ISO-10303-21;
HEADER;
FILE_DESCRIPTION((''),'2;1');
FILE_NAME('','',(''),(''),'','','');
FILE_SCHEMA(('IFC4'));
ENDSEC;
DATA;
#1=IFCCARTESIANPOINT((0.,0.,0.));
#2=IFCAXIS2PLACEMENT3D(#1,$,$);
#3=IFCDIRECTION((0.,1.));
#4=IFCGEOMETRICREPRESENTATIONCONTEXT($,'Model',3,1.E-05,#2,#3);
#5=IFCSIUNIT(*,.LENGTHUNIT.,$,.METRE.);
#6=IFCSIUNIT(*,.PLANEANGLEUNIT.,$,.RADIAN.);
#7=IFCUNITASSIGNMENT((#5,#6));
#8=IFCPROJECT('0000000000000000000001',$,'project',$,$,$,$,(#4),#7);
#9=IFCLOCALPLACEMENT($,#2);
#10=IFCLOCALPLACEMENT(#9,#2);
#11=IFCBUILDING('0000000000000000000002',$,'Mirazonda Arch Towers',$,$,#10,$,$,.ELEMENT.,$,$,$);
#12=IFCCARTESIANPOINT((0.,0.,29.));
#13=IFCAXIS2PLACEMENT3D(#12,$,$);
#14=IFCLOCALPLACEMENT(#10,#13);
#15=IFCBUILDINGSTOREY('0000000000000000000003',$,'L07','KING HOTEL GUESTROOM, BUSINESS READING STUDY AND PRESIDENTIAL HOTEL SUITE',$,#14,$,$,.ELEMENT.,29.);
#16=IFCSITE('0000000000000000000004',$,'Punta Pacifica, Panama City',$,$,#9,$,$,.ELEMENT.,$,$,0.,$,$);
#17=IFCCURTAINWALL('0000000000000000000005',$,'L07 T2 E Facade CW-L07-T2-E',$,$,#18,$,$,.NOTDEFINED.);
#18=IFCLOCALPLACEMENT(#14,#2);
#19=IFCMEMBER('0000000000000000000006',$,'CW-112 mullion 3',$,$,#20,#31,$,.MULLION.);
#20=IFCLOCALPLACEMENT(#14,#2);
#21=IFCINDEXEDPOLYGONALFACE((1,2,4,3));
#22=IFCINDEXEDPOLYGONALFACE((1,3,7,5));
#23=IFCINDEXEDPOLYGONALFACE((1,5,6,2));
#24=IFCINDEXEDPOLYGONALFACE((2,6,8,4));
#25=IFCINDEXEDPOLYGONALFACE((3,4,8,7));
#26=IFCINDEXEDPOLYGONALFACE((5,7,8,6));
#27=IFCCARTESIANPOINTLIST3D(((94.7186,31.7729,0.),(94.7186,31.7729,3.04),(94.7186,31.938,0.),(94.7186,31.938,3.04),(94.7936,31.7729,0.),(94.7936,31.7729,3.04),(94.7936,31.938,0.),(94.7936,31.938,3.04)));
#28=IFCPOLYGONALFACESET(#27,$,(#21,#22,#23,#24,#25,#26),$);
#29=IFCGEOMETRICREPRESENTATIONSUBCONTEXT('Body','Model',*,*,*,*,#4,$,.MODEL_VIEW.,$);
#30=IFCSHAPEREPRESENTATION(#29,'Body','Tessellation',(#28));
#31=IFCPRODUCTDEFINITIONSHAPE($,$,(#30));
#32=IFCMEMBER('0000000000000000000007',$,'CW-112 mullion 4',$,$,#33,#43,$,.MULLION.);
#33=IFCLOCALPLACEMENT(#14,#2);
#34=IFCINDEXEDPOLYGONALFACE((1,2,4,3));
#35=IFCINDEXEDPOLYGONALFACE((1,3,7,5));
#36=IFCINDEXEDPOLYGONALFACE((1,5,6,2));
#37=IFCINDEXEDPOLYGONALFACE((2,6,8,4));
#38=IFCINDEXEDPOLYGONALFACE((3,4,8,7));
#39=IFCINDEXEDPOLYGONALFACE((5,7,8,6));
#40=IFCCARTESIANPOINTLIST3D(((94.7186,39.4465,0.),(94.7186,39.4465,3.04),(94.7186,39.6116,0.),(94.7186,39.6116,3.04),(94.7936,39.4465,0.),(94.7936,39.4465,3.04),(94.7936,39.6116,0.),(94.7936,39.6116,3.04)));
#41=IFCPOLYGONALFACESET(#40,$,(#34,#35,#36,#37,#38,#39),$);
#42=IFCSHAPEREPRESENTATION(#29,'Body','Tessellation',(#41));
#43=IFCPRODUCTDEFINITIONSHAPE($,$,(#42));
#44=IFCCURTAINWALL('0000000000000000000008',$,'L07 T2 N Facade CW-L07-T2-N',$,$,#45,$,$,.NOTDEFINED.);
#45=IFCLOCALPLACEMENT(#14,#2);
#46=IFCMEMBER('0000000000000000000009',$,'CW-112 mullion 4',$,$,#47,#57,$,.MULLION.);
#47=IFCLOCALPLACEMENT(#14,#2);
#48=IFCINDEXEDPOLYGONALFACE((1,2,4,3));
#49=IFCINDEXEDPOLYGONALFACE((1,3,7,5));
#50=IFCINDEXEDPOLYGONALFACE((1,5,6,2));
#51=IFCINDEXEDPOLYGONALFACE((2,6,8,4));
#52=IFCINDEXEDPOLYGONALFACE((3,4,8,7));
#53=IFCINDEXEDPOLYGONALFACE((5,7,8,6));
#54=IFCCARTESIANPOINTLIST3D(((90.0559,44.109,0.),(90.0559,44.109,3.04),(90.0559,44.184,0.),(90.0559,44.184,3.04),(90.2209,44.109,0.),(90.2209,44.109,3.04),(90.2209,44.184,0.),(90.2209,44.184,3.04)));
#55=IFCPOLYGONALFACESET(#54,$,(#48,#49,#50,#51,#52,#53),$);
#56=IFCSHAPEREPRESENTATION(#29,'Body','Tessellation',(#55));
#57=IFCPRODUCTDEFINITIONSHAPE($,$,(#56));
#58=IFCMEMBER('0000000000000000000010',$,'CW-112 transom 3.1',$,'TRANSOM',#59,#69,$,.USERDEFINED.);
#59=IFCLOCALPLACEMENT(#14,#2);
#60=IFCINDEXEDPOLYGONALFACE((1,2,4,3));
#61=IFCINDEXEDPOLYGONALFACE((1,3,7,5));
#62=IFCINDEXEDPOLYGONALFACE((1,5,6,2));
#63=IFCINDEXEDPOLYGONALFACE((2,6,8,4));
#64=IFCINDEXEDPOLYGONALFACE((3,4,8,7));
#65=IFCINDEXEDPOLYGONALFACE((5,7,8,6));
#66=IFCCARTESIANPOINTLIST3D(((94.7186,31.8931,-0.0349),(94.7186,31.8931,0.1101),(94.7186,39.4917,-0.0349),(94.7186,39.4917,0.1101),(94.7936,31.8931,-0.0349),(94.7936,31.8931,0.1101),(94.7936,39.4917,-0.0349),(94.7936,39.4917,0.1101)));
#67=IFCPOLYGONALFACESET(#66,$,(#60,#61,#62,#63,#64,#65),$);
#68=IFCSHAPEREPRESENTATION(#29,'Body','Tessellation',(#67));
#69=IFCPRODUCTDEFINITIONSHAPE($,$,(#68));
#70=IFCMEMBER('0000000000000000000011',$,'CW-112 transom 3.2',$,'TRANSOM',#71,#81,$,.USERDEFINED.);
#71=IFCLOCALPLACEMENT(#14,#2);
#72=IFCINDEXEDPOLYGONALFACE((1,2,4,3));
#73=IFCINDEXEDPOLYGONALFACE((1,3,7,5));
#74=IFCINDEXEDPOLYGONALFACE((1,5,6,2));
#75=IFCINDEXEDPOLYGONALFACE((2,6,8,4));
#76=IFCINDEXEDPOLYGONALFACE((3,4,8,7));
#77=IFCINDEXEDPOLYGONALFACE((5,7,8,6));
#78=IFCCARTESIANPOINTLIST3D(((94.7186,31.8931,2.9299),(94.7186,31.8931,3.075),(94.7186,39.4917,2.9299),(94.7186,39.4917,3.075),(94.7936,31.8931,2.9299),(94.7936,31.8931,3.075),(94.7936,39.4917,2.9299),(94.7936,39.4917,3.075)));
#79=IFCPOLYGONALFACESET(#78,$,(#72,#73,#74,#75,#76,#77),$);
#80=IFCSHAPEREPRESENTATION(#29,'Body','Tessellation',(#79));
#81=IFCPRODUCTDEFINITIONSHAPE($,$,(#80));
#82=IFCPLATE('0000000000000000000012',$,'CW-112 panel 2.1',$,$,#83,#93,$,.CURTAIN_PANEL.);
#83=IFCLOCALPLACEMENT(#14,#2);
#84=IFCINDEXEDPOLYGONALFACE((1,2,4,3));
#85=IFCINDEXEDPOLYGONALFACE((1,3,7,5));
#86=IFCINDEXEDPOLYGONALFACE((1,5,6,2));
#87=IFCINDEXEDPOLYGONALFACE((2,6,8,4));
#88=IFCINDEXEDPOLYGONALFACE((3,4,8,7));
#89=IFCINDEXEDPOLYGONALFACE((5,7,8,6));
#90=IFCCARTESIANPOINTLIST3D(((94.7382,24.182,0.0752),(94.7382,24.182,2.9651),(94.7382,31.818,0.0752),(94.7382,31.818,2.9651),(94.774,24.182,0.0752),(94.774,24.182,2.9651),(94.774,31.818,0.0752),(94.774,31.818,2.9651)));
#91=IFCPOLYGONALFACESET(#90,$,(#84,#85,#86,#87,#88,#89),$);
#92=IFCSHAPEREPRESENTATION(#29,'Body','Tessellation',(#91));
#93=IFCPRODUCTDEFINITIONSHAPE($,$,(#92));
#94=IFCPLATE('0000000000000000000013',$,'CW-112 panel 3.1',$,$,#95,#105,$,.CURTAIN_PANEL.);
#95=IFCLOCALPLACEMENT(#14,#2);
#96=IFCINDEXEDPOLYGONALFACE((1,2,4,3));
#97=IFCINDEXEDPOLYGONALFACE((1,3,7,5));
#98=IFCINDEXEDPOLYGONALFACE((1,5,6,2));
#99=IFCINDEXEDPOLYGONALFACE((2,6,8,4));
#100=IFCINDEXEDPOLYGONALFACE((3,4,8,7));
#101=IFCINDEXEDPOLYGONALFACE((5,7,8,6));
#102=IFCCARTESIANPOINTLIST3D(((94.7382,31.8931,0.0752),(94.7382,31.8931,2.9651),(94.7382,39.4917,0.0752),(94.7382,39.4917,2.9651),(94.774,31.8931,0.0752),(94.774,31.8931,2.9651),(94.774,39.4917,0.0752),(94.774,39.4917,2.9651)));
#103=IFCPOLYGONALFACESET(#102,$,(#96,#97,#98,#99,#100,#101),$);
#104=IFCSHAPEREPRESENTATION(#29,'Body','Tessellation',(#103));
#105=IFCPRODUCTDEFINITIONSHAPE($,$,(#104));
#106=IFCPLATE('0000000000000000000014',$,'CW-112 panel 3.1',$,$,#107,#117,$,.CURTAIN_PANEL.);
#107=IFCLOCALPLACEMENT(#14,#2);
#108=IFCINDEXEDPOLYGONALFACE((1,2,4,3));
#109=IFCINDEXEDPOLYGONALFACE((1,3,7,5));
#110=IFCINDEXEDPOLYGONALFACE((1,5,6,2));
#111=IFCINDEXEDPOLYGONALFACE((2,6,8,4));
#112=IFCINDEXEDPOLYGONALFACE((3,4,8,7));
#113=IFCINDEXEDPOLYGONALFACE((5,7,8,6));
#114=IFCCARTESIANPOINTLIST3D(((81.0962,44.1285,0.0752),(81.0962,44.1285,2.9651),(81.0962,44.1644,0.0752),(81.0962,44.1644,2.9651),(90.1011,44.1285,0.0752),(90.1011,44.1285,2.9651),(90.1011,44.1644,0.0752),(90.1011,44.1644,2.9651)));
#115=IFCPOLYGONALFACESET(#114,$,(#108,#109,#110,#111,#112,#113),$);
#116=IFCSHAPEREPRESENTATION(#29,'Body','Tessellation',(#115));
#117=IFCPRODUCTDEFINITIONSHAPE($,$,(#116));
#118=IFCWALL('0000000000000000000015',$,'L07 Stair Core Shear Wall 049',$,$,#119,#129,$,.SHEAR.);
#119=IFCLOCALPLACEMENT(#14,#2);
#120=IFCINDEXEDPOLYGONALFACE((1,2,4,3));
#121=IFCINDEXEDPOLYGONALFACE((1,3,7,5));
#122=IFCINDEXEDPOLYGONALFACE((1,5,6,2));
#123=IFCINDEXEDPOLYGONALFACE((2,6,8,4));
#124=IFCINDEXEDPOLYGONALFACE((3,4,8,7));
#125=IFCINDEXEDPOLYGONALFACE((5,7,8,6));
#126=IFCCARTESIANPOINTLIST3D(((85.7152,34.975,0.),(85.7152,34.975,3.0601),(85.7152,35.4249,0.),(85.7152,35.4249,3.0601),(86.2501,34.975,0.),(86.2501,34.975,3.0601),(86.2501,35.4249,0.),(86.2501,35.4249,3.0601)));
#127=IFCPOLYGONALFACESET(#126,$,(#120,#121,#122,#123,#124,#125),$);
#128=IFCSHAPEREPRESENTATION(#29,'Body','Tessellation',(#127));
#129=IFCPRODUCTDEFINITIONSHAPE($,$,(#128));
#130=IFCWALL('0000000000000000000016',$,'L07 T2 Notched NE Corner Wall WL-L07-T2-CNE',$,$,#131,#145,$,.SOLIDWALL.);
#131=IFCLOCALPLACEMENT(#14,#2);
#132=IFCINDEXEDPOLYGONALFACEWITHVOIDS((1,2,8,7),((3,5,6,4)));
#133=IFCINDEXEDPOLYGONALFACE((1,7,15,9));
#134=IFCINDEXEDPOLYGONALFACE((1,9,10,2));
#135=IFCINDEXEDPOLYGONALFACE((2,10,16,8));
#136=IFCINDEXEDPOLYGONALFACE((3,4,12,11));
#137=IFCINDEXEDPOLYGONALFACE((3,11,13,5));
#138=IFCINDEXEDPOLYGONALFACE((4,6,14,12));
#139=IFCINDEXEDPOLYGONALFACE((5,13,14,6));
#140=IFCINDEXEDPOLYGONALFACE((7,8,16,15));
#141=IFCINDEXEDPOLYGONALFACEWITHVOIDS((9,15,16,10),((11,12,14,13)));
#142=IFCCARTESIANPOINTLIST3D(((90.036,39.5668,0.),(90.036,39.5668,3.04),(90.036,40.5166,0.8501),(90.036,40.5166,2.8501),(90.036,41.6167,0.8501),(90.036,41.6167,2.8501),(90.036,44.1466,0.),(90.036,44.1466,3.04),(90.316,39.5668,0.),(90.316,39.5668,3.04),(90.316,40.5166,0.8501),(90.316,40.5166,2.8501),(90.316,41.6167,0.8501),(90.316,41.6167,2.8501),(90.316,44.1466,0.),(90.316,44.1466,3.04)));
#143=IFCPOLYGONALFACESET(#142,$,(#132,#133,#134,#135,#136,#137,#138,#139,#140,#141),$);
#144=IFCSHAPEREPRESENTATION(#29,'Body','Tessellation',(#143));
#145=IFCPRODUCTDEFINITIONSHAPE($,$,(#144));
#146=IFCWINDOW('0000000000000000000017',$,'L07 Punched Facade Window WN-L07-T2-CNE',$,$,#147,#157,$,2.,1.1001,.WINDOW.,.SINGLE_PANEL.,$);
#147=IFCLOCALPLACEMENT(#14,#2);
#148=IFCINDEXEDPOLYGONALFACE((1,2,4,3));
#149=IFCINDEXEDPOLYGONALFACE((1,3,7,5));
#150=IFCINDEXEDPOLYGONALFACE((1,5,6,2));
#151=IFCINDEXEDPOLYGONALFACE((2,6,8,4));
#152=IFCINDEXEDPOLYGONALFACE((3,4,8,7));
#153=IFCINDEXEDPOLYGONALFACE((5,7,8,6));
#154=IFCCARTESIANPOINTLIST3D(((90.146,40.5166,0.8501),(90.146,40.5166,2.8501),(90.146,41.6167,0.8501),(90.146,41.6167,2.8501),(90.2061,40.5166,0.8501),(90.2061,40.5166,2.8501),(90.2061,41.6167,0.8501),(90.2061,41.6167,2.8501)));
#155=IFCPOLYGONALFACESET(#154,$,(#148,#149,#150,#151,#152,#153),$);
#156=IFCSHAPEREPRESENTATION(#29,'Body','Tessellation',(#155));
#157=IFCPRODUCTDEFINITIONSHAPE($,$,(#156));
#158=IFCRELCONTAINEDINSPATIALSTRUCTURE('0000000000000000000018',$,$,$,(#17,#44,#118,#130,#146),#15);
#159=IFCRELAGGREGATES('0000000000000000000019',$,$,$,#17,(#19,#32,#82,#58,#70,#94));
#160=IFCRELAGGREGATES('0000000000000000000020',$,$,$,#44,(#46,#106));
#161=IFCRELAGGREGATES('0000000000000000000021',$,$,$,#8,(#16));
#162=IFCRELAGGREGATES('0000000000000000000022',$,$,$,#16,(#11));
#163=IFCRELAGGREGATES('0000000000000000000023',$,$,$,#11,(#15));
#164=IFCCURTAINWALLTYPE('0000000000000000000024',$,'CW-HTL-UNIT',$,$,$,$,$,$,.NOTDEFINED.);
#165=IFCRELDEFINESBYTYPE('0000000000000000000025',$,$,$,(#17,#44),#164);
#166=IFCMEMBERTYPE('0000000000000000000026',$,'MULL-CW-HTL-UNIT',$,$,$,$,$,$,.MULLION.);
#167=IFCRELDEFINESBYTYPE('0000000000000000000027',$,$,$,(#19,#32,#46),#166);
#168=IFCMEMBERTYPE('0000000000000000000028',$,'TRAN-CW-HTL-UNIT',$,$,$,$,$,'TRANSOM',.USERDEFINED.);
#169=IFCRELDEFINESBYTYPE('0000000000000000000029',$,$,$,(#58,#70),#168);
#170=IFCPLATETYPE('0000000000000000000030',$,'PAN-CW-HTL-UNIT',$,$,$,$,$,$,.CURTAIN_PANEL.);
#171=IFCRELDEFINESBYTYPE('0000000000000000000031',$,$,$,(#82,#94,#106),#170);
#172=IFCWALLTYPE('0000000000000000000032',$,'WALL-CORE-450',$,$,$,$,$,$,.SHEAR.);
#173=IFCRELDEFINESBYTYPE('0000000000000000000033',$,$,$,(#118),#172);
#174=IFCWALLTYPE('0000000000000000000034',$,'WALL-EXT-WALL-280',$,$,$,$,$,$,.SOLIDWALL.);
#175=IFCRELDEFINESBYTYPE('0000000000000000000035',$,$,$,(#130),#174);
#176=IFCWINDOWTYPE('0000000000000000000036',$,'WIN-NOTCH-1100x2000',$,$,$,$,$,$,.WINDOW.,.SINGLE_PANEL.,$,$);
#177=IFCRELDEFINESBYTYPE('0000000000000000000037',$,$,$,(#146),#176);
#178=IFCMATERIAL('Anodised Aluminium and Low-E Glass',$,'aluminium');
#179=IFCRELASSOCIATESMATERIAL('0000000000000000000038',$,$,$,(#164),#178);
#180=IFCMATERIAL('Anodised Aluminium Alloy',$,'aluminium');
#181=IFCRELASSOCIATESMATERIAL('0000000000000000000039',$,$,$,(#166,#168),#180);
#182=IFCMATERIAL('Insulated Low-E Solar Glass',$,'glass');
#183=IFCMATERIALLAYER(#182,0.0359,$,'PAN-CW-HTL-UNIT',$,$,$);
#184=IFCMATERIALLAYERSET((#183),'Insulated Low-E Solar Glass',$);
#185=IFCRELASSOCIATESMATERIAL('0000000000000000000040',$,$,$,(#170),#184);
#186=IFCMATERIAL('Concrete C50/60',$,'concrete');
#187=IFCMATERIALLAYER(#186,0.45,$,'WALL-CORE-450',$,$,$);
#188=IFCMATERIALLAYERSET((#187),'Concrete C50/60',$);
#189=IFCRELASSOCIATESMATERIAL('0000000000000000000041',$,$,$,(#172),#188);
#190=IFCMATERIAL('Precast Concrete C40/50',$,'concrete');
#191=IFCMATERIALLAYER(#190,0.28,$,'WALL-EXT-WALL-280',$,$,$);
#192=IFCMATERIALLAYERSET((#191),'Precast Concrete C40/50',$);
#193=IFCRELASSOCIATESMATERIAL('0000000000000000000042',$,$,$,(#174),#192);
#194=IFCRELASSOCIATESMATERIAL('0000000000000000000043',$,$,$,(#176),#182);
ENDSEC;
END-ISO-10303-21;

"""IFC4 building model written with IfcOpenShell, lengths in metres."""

from ifc_helpers import new_model, si_unit, direction, frame, frame_2d, origin, origin_2d, place, context, subcontext, project, spatial, rectangle, extrude, material, layer, layer_set, material_profile, profile_set, type_object, element, fill, aggregate, save


model = new_model("IFC4")

# Units and contexts
model_context = context("Model", 3, precision=1e-05, world=origin(), true_north=direction((0.0, 1.0)))
body_context = subcontext(model_context, "Body", "Model", "MODEL_VIEW")
ifc_project = project(units=[si_unit("LENGTHUNIT", "METRE"), si_unit("PLANEANGLEUNIT", "RADIAN")], contexts=[model_context])

# Site, building, storey
site_placement = place(None, origin())
site = spatial("IfcSite", under=ifc_project, at=site_placement, Name="Punta Pacifica, Panama City", CompositionType="ELEMENT", RefElevation=0.0)
building_placement = place(site_placement, origin())
building = spatial("IfcBuilding", under=site, at=building_placement, Name="Mirazonda Arch Towers", CompositionType="ELEMENT")
storey_placement = place(building_placement, frame((0.0, 0.0, 29.0)))
storey = spatial("IfcBuildingStorey", under=building, at=storey_placement, Name="L07", Description="KING HOTEL GUESTROOM, BUSINESS READING STUDY AND PRESIDENTIAL HOTEL SUITE", CompositionType="ELEMENT", Elevation=29.0)

# Curtain wall, members
ifc_material_1 = material(Name="Anodised Aluminium and Low-E Glass", Category="aluminium")
curtain_wall_type = type_object("IfcCurtainWallType", Name="CW-HTL-UNIT", PredefinedType="NOTDEFINED", material=ifc_material_1)
curtain_wall_1_placement = place(storey_placement, origin())
curtain_wall_1 = element("IfcCurtainWall", 1, at=curtain_wall_1_placement, inside=storey, type_object=curtain_wall_type, Name="L07 T2 E Facade CW-L07-T2-E", PredefinedType="NOTDEFINED")
ifc_material_2 = material(Name="Anodised Aluminium Alloy", Category="aluminium")
ifc_material_profile_1 = material_profile(ifc_material_2, rectangle(XDim=0.075, YDim=0.165, at=origin_2d()), Name="ALU-MULL-75x165")
ifc_profile_set_1 = profile_set([ifc_material_profile_1], Name="Anodised Aluminium Alloy")
member_type_1 = type_object("IfcMemberType", Name="MULL-CW-HTL-UNIT", PredefinedType="MULLION", material=ifc_profile_set_1)
member_1_placement = place(storey_placement, frame((94.7561, 31.8555, 0.0), z_axis=(0.0, 0.0, 1.0), x_axis=(-1.0, 0.0, 0.0)))
member_1 = element("IfcMember", 2, at=member_1_placement, type_object=member_type_1, Name="CW-112 mullion 3", PredefinedType="MULLION", context=body_context, shape_type="SweptSolid", body=[
    extrude(rectangle(XDim=0.075, YDim=0.165, at=origin_2d()), origin(), (0.0, 0.0, 1.0), 3.04),
])
member_2_placement = place(storey_placement, frame((94.7561, 39.5291, 0.0), z_axis=(0.0, 0.0, 1.0), x_axis=(-1.0, 0.0, 0.0)))
member_2 = element("IfcMember", 3, at=member_2_placement, type_object=member_type_1, Name="CW-112 mullion 4", PredefinedType="MULLION", context=body_context, shape_type="SweptSolid", body=[
    extrude(rectangle(XDim=0.075, YDim=0.165, at=origin_2d()), origin(), (0.0, 0.0, 1.0), 3.04),
])

# Curtain wall, member
curtain_wall_2_placement = place(storey_placement, origin())
curtain_wall_2 = element("IfcCurtainWall", 4, at=curtain_wall_2_placement, inside=storey, type_object=curtain_wall_type, Name="L07 T2 N Facade CW-L07-T2-N", PredefinedType="NOTDEFINED")
member_3_placement = place(storey_placement, frame((90.1384, 44.1465, 0.0), z_axis=(0.0, 0.0, 1.0), x_axis=(0.0, 1.0, 0.0)))
member_3 = element("IfcMember", 5, at=member_3_placement, type_object=member_type_1, Name="CW-112 mullion 4", PredefinedType="MULLION", context=body_context, shape_type="SweptSolid", body=[
    extrude(rectangle(XDim=0.075, YDim=0.165, at=origin_2d()), origin(), (0.0, 0.0, 1.0), 3.04),
])

# Members
ifc_material_profile_2 = material_profile(ifc_material_2, rectangle(XDim=0.075, YDim=0.145, at=origin_2d()), Name="ALU-TRAN-75x145")
ifc_profile_set_2 = profile_set([ifc_material_profile_2], Name="Anodised Aluminium Alloy")
member_type_2 = type_object("IfcMemberType", Name="TRAN-CW-HTL-UNIT", ElementType="TRANSOM", PredefinedType="USERDEFINED", material=ifc_profile_set_2)
member_4_placement = place(storey_placement, frame((94.7561, 31.8931, 0.0376), z_axis=(0.0, 1.0, 0.0), x_axis=(-1.0, 0.0, 0.0)))
member_4 = element("IfcMember", 6, at=member_4_placement, type_object=member_type_2, Name="CW-112 transom 3.1", ObjectType="TRANSOM", PredefinedType="USERDEFINED", context=body_context, shape_type="SweptSolid", body=[
    extrude(rectangle(XDim=0.075, YDim=0.145, at=origin_2d()), origin(), (0.0, 0.0, 1.0), 7.5986),
])
member_5_placement = place(storey_placement, frame((94.7561, 31.8931, 3.0024), z_axis=(0.0, 1.0, 0.0), x_axis=(-1.0, 0.0, 0.0)))
member_5 = element("IfcMember", 7, at=member_5_placement, type_object=member_type_2, Name="CW-112 transom 3.2", ObjectType="TRANSOM", PredefinedType="USERDEFINED", context=body_context, shape_type="SweptSolid", body=[
    extrude(rectangle(XDim=0.075, YDim=0.145, at=origin_2d()), origin(), (0.0, 0.0, 1.0), 7.5986),
])

# Plates
ifc_material_3 = material(Name="Insulated Low-E Solar Glass", Category="glass")
ifc_layer_1 = layer(ifc_material_3, 0.0359, Name="PAN-CW-HTL-UNIT")
ifc_layer_set_1 = layer_set([ifc_layer_1], Name="Insulated Low-E Solar Glass")
plate_type = type_object("IfcPlateType", Name="PAN-CW-HTL-UNIT", PredefinedType="CURTAIN_PANEL", material=ifc_layer_set_1)
plate_1_placement = place(storey_placement, frame((94.7561, 28.0, 0.0752), z_axis=(0.0, 0.0, 1.0), x_axis=(0.0, 1.0, 0.0)))
plate_1 = element("IfcPlate", 8, at=plate_1_placement, type_object=plate_type, Name="CW-112 panel 2.1", PredefinedType="CURTAIN_PANEL", context=body_context, shape_type="SweptSolid", body=[
    extrude(rectangle(XDim=7.636, YDim=0.0359, at=origin_2d()), origin(), (0.0, 0.0, 1.0), 2.8899),
])
plate_2_placement = place(storey_placement, frame((94.7561, 35.6924, 0.0752), z_axis=(0.0, 0.0, 1.0), x_axis=(0.0, 1.0, 0.0)))
plate_2 = element("IfcPlate", 9, at=plate_2_placement, type_object=plate_type, Name="CW-112 panel 3.1", PredefinedType="CURTAIN_PANEL", context=body_context, shape_type="SweptSolid", body=[
    extrude(rectangle(XDim=7.5986, YDim=0.0359, at=origin_2d()), origin(), (0.0, 0.0, 1.0), 2.8899),
])
aggregate(curtain_wall_1, [member_1, member_2, plate_1, member_4, member_5, plate_2])
plate_3_placement = place(storey_placement, frame((85.5986, 44.1465, 0.0752), z_axis=(0.0, 0.0, 1.0), x_axis=(1.0, 0.0, 0.0)))
plate_3 = element("IfcPlate", 10, at=plate_3_placement, type_object=plate_type, Name="CW-112 panel 3.1", PredefinedType="CURTAIN_PANEL", context=body_context, shape_type="SweptSolid", body=[
    extrude(rectangle(XDim=9.0049, YDim=0.0359, at=origin_2d()), origin(), (0.0, 0.0, 1.0), 2.8899),
])
aggregate(curtain_wall_2, [member_3, plate_3])

# Wall
ifc_material_4 = material(Name="Concrete C50/60", Category="concrete")
ifc_layer_2 = layer(ifc_material_4, 0.45, Name="WALL-CORE-450")
ifc_layer_set_2 = layer_set([ifc_layer_2], Name="Concrete C50/60")
wall_type_1 = type_object("IfcWallType", Name="WALL-CORE-450", PredefinedType="SHEAR", material=ifc_layer_set_2)
wall_1_placement = place(storey_placement, frame((85.7151, 35.2, 0.0), z_axis=(0.0, 0.0, 1.0), x_axis=(1.0, 0.0, 0.0)))
element("IfcWall", 11, at=wall_1_placement, inside=storey, type_object=wall_type_1, Name="L07 Stair Core Shear Wall 049", PredefinedType="SHEAR", context=body_context, shape_type="SweptSolid", body=[
    extrude(rectangle(XDim=0.5349, YDim=0.45, at=frame_2d((0.2676, 0.0))), origin(), (0.0, 0.0, 1.0), 3.0601),
])

# Wall, opening, window
ifc_material_5 = material(Name="Precast Concrete C40/50", Category="concrete")
ifc_layer_3 = layer(ifc_material_5, 0.28, Name="WALL-EXT-WALL-280")
ifc_layer_set_3 = layer_set([ifc_layer_3], Name="Precast Concrete C40/50")
wall_type_2 = type_object("IfcWallType", Name="WALL-EXT-WALL-280", PredefinedType="SOLIDWALL", material=ifc_layer_set_3)
wall_2_placement = place(storey_placement, frame((90.176, 39.5667, 0.0), z_axis=(0.0, 0.0, 1.0), x_axis=(0.0, 1.0, 0.0)))
wall_2 = element("IfcWall", 12, at=wall_2_placement, inside=storey, type_object=wall_type_2, Name="L07 T2 Notched NE Corner Wall WL-L07-T2-CNE", PredefinedType="SOLIDWALL", context=body_context, shape_type="SweptSolid", body=[
    extrude(rectangle(XDim=4.5798, YDim=0.28, at=frame_2d((2.29, 0.0))), origin(), (0.0, 0.0, 1.0), 3.04),
])
opening_1_placement = place(wall_2_placement, frame((0.95, 0.0, 0.8501)))
opening_1 = element("IfcOpeningElement", 13, at=opening_1_placement, cuts=wall_2, PredefinedType="OPENING", context=body_context, shape_type="SweptSolid", body=[
    extrude(rectangle(XDim=1.1001, YDim=2.0, at=frame_2d((0.55, 1.0))), frame((0.0, 0.1499, 0.0), z_axis=(0.0, -1.0, 0.0), x_axis=(1.0, 0.0, 0.0)), (0.0, 0.0, 1.0), 0.3),
])
window_type = type_object("IfcWindowType", Name="WIN-NOTCH-1100x2000", PartitioningType="SINGLE_PANEL", PredefinedType="WINDOW", material=ifc_material_3)
window_1_placement = place(opening_1_placement, origin())
window_1 = element("IfcWindow", 14, at=window_1_placement, inside=storey, type_object=window_type, Name="L07 Punched Facade Window WN-L07-T2-CNE", OverallHeight=2.0, OverallWidth=1.1001, PartitioningType="SINGLE_PANEL", PredefinedType="WINDOW", context=body_context, shape_type="SweptSolid", body=[
    extrude(rectangle(XDim=1.1001, YDim=2.0, at=frame_2d((0.55, 1.0))), frame((0.0, 0.03, 0.0), z_axis=(0.0, -1.0, 0.0), x_axis=(1.0, 0.0, 0.0)), (0.0, 0.0, 1.0), 0.0601),
])
fill(opening_1, window_1)

save(model, "model.ifc")
